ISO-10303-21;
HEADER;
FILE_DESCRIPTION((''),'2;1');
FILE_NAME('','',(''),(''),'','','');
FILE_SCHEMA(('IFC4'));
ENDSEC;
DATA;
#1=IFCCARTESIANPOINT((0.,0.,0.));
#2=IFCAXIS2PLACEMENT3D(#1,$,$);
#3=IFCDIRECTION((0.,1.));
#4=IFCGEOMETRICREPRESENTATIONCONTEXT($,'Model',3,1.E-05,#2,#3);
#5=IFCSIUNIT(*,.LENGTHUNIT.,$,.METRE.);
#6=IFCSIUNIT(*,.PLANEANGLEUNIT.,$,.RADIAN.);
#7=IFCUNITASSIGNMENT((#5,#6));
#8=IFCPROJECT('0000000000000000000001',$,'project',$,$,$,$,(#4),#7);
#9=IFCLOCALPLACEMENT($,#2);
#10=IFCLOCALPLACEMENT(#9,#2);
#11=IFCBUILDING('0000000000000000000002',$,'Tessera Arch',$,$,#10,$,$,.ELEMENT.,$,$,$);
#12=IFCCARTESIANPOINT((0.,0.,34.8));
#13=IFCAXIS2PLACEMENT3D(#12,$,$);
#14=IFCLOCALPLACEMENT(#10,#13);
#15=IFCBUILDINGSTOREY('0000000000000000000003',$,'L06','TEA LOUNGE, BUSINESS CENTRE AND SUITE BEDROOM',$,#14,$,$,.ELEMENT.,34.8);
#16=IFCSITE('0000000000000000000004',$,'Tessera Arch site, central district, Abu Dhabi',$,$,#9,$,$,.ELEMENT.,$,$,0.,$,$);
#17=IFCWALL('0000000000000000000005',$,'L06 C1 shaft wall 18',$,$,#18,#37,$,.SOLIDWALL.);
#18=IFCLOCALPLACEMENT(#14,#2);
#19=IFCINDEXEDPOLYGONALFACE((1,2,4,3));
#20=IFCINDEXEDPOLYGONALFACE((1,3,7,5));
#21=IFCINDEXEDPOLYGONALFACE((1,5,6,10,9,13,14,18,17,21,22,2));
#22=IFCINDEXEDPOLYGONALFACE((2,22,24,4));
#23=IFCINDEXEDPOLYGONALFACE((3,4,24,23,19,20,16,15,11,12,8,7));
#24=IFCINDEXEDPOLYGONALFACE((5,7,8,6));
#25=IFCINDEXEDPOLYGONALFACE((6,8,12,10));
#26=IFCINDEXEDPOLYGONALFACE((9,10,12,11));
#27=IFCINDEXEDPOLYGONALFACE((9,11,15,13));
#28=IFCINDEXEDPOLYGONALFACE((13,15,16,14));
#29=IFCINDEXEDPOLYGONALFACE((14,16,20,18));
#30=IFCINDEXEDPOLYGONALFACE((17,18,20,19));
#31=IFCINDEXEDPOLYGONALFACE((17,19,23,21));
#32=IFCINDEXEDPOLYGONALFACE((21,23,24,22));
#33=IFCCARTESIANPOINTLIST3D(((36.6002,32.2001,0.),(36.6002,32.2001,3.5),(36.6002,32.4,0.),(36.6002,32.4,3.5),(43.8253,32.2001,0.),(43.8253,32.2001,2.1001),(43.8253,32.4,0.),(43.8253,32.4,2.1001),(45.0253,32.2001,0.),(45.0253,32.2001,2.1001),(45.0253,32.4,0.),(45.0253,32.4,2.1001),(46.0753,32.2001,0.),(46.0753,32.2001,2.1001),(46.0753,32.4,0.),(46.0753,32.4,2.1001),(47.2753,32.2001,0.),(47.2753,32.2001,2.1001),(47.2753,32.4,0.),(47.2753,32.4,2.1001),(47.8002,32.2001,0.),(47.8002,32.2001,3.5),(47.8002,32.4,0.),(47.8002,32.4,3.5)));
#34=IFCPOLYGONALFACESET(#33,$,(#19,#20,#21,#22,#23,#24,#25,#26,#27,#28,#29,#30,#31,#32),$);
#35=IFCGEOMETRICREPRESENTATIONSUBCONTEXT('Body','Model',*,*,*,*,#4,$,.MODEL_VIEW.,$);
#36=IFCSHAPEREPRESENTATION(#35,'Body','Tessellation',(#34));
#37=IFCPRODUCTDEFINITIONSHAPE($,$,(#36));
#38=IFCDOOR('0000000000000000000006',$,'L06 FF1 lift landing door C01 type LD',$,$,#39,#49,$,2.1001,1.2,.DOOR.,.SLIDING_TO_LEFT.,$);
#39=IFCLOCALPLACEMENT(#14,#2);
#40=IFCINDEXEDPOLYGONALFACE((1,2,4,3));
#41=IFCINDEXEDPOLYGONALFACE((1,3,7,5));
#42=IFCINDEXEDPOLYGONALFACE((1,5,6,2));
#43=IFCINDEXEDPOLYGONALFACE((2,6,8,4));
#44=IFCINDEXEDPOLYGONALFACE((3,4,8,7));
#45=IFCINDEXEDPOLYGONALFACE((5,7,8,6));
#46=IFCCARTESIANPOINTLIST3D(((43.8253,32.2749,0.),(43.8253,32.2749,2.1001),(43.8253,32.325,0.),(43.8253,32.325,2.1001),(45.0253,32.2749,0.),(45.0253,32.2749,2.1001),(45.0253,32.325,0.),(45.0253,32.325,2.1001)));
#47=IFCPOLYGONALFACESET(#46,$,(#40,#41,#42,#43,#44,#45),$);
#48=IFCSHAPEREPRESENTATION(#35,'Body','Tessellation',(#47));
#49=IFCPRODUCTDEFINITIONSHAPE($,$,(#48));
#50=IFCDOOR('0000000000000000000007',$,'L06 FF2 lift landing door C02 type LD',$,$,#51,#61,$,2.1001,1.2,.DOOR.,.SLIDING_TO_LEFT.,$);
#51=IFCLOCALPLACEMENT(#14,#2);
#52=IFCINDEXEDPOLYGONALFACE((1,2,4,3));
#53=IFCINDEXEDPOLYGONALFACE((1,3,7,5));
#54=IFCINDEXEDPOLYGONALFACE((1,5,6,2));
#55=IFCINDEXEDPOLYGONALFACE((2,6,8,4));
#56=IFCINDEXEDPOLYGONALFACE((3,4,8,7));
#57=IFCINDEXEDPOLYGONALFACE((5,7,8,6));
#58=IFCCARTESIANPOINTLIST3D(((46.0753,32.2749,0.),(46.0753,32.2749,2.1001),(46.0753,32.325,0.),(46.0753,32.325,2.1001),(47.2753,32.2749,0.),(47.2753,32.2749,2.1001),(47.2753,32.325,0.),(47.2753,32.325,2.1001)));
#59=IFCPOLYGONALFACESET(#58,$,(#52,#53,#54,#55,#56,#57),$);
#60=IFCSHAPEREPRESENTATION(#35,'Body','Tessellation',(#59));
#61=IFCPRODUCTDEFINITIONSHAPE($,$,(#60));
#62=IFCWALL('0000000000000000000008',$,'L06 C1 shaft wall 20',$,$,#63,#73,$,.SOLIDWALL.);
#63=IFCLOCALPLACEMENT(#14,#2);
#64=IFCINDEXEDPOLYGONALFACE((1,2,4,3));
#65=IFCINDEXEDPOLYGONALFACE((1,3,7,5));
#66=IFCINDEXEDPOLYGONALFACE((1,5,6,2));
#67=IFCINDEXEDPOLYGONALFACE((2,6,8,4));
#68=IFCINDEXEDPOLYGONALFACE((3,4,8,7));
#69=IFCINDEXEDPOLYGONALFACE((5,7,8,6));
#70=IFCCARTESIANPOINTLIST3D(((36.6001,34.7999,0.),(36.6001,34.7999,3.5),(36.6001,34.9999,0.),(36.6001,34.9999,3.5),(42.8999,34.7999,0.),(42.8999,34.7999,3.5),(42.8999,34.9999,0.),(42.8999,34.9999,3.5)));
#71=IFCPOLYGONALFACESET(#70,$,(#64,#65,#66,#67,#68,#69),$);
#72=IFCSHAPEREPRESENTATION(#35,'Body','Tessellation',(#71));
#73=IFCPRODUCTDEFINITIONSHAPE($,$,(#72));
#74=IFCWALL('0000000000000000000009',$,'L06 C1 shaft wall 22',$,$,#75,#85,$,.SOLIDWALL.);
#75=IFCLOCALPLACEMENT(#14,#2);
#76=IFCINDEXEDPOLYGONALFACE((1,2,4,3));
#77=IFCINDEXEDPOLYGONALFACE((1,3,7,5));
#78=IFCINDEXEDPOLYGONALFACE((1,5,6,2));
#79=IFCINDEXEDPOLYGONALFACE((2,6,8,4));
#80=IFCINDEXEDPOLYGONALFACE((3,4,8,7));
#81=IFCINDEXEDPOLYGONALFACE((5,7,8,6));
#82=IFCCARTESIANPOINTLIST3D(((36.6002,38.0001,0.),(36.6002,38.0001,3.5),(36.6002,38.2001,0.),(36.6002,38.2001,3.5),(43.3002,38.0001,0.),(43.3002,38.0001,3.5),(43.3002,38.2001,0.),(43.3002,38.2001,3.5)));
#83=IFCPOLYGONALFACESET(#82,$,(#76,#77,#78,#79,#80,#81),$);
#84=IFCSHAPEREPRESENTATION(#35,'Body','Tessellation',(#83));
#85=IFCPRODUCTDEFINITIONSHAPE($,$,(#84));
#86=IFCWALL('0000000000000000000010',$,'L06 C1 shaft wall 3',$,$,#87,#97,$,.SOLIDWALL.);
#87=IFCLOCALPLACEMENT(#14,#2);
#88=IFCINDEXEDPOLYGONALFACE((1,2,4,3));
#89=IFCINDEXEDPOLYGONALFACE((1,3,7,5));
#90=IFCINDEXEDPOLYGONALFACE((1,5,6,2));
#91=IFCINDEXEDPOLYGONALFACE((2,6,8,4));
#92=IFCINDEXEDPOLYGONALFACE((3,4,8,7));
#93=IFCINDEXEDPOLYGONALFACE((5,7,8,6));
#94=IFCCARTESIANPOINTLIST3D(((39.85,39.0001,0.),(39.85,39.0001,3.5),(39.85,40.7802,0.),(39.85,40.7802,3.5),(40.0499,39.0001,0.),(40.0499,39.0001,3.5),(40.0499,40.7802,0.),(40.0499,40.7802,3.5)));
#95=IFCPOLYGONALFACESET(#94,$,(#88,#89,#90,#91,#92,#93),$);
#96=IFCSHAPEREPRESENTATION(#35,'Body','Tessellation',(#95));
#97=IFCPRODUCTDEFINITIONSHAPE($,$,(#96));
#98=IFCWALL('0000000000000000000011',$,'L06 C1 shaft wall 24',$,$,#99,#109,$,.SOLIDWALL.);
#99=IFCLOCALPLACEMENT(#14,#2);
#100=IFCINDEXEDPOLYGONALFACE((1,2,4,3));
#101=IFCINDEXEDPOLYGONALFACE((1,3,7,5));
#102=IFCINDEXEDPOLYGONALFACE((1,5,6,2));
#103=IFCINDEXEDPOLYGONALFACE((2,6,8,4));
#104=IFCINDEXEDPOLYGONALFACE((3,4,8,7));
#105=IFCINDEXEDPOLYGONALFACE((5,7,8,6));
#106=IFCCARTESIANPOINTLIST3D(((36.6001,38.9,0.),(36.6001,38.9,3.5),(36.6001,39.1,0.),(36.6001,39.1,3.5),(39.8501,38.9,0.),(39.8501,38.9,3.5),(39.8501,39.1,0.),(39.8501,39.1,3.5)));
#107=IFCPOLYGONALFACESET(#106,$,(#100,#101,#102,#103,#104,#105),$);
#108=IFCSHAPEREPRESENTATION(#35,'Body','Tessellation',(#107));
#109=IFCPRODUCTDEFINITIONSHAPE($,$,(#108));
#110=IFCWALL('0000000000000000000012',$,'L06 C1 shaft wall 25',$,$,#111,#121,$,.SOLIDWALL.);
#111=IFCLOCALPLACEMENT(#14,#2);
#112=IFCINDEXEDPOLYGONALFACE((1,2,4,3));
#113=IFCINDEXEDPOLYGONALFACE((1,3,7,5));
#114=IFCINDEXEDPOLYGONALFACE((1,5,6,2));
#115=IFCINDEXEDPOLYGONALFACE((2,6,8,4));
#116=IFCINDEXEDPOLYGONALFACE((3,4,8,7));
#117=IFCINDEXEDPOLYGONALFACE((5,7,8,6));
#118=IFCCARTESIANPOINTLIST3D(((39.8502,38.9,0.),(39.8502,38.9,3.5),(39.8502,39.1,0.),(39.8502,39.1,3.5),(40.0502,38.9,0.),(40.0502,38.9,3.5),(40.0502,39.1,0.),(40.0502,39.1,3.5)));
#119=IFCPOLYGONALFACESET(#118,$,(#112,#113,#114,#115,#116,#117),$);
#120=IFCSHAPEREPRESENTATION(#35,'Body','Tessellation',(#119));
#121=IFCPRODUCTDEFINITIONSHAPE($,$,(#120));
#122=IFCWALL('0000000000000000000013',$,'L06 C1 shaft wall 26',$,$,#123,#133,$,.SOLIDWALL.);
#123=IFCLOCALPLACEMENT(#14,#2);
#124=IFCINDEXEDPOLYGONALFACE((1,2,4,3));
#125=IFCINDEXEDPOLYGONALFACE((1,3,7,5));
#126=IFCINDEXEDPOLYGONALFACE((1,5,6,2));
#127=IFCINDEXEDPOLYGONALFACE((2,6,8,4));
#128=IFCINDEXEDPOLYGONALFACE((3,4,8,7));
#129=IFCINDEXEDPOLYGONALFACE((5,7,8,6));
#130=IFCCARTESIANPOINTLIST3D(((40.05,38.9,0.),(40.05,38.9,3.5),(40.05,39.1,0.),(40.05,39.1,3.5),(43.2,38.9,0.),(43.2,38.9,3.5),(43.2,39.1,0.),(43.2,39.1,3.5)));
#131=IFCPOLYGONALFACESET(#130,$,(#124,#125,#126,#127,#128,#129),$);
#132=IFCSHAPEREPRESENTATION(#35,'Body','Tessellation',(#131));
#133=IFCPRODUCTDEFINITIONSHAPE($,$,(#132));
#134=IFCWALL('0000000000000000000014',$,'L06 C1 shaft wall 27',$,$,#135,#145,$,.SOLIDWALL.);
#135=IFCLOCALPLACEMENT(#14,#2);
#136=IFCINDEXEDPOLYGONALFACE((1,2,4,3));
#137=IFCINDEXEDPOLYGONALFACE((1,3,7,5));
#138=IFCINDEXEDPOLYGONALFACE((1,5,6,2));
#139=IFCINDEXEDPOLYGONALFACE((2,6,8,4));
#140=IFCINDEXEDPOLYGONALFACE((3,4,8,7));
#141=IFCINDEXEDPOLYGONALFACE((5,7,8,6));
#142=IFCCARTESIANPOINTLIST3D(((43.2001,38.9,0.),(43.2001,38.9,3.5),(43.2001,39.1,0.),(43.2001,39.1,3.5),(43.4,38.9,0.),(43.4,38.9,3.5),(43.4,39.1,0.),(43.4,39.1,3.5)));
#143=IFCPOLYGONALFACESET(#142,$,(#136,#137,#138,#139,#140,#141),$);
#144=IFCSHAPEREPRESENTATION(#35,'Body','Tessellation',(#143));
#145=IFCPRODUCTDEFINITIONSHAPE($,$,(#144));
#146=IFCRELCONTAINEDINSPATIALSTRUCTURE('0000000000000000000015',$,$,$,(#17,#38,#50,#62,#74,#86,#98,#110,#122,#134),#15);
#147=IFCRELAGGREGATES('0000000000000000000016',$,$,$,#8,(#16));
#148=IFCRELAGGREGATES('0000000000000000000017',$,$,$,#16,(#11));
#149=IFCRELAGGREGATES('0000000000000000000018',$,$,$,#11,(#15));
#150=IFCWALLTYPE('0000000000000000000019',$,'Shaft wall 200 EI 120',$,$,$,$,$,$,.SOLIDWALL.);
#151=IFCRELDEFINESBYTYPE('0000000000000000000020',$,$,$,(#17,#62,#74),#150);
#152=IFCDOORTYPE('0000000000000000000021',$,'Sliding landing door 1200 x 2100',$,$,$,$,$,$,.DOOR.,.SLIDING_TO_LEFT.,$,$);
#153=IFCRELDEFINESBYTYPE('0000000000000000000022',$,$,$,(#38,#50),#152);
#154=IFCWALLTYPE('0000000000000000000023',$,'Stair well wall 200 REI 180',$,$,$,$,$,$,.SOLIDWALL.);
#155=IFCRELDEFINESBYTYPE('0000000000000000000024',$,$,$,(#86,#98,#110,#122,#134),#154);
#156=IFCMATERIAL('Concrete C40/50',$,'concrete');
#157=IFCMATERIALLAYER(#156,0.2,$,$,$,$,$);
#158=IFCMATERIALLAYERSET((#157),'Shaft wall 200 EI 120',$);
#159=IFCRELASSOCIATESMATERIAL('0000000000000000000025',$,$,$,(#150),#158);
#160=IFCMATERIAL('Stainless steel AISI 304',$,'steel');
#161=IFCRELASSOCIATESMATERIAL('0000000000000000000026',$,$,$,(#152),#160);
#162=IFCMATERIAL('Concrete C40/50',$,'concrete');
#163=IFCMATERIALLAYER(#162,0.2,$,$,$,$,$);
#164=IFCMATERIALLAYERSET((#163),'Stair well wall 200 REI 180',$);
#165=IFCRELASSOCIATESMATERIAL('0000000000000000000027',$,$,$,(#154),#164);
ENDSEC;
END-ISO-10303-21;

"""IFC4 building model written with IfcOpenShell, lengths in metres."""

from ifc_helpers import new_model, si_unit, direction, frame, frame_2d, origin, place, context, subcontext, project, spatial, rectangle, extrude, material, layer, layer_set, type_object, element, fill, save


model = new_model("IFC4")

# Units and contexts
model_context = context("Model", 3, precision=1e-05, world=origin(), true_north=direction((0.0, 1.0)))
body_context = subcontext(model_context, "Body", "Model", "MODEL_VIEW")
ifc_project = project(units=[si_unit("LENGTHUNIT", "METRE"), si_unit("PLANEANGLEUNIT", "RADIAN")], contexts=[model_context])

# Site, building, storey
site_placement = place(None, origin())
site = spatial("IfcSite", under=ifc_project, at=site_placement, Name="Tessera Arch site, central district, Abu Dhabi", CompositionType="ELEMENT", RefElevation=0.0)
building_placement = place(site_placement, origin())
building = spatial("IfcBuilding", under=site, at=building_placement, Name="Tessera Arch", CompositionType="ELEMENT")
storey_placement = place(building_placement, frame((0.0, 0.0, 34.8)))
storey = spatial("IfcBuildingStorey", under=building, at=storey_placement, Name="L06", Description="TEA LOUNGE, BUSINESS CENTRE AND SUITE BEDROOM", CompositionType="ELEMENT", Elevation=34.8)

# Shared definitions
ifc_material_1 = material(Name="Concrete C40/50", Category="concrete")
ifc_layer_1 = layer(ifc_material_1, 0.2)
ifc_layer_set_1 = layer_set([ifc_layer_1], Name="Shaft wall 200 EI 120")
wall_type_1 = type_object("IfcWallType", Name="Shaft wall 200 EI 120", PredefinedType="SOLIDWALL", material=ifc_layer_set_1)

# Wall, openings, doors
wall_1_placement = place(storey_placement, frame((36.6001, 32.3, 0.0), z_axis=(0.0, 0.0, 1.0), x_axis=(1.0, 0.0, 0.0)))
wall_1 = element("IfcWall", 1, at=wall_1_placement, inside=storey, type_object=wall_type_1, Name="L06 C1 shaft wall 18", PredefinedType="SOLIDWALL", context=body_context, shape_type="SweptSolid", body=[
    extrude(rectangle(XDim=11.2, YDim=0.2, at=frame_2d((5.6001, 0.0))), origin(), (0.0, 0.0, 1.0), 3.5),
])
opening_1_placement = place(wall_1_placement, frame((7.2251, 0.0, 0.0)))
opening_1 = element("IfcOpeningElement", 2, at=opening_1_placement, cuts=wall_1, PredefinedType="OPENING", context=body_context, shape_type="SweptSolid", body=[
    extrude(rectangle(XDim=1.2, YDim=2.1001, at=frame_2d((0.6001, 1.05))), frame((0.0, 0.1099, 0.0), z_axis=(0.0, -1.0, 0.0), x_axis=(1.0, 0.0, 0.0)), (0.0, 0.0, 1.0), 0.22),
])
opening_2_placement = place(wall_1_placement, frame((9.4751, 0.0, 0.0)))
opening_2 = element("IfcOpeningElement", 3, at=opening_2_placement, cuts=wall_1, PredefinedType="OPENING", context=body_context, shape_type="SweptSolid", body=[
    extrude(rectangle(XDim=1.2, YDim=2.1001, at=frame_2d((0.6001, 1.05))), frame((0.0, 0.1099, 0.0), z_axis=(0.0, -1.0, 0.0), x_axis=(1.0, 0.0, 0.0)), (0.0, 0.0, 1.0), 0.22),
])
ifc_material_2 = material(Name="Stainless steel AISI 304", Category="steel")
door_type_1 = type_object("IfcDoorType", Name="Sliding landing door 1200 x 2100", OperationType="SLIDING_TO_LEFT", PredefinedType="DOOR", material=ifc_material_2)
door_1_placement = place(opening_1_placement, origin())
door_1 = element("IfcDoor", 4, at=door_1_placement, inside=storey, type_object=door_type_1, Name="L06 FF1 lift landing door C01 type LD", OperationType="SLIDING_TO_LEFT", OverallHeight=2.1001, OverallWidth=1.2, PredefinedType="DOOR", context=body_context, shape_type="SweptSolid", body=[
    extrude(rectangle(XDim=1.2, YDim=2.1001, at=frame_2d((0.6001, 1.05))), frame((0.0, 0.0249, 0.0), z_axis=(0.0, -1.0, 0.0), x_axis=(1.0, 0.0, 0.0)), (0.0, 0.0, 1.0), 0.05),
])
fill(opening_1, door_1)
door_2_placement = place(opening_2_placement, origin())
door_2 = element("IfcDoor", 5, at=door_2_placement, inside=storey, type_object=door_type_1, Name="L06 FF2 lift landing door C02 type LD", OperationType="SLIDING_TO_LEFT", OverallHeight=2.1001, OverallWidth=1.2, PredefinedType="DOOR", context=body_context, shape_type="SweptSolid", body=[
    extrude(rectangle(XDim=1.2, YDim=2.1001, at=frame_2d((0.6001, 1.05))), frame((0.0, 0.0249, 0.0), z_axis=(0.0, -1.0, 0.0), x_axis=(1.0, 0.0, 0.0)), (0.0, 0.0, 1.0), 0.05),
])
fill(opening_2, door_2)

# Walls
wall_2_placement = place(storey_placement, frame((36.6001, 34.8999, 0.0), z_axis=(0.0, 0.0, 1.0), x_axis=(1.0, 0.0, 0.0)))
element("IfcWall", 6, at=wall_2_placement, inside=storey, type_object=wall_type_1, Name="L06 C1 shaft wall 20", PredefinedType="SOLIDWALL", context=body_context, shape_type="SweptSolid", body=[
    extrude(rectangle(XDim=6.2998, YDim=0.2, at=frame_2d((3.1499, 0.0))), origin(), (0.0, 0.0, 1.0), 3.5),
])
wall_3_placement = place(storey_placement, frame((36.6001, 38.1001, 0.0), z_axis=(0.0, 0.0, 1.0), x_axis=(1.0, 0.0, 0.0)))
element("IfcWall", 7, at=wall_3_placement, inside=storey, type_object=wall_type_1, Name="L06 C1 shaft wall 22", PredefinedType="SOLIDWALL", context=body_context, shape_type="SweptSolid", body=[
    extrude(rectangle(XDim=6.7, YDim=0.2, at=frame_2d((3.3501, 0.0))), origin(), (0.0, 0.0, 1.0), 3.5),
])
ifc_material_3 = material(Name="Concrete C40/50", Category="concrete")
ifc_layer_2 = layer(ifc_material_3, 0.2)
ifc_layer_set_2 = layer_set([ifc_layer_2], Name="Stair well wall 200 REI 180")
wall_type_2 = type_object("IfcWallType", Name="Stair well wall 200 REI 180", PredefinedType="SOLIDWALL", material=ifc_layer_set_2)
wall_4_placement = place(storey_placement, frame((39.95, 39.0, 0.0), z_axis=(0.0, 0.0, 1.0), x_axis=(0.0, 1.0, 0.0)))
element("IfcWall", 8, at=wall_4_placement, inside=storey, type_object=wall_type_2, Name="L06 C1 shaft wall 3", PredefinedType="SOLIDWALL", context=body_context, shape_type="SweptSolid", body=[
    extrude(rectangle(XDim=1.78, YDim=0.2, at=frame_2d((0.8901, 0.0))), origin(), (0.0, 0.0, 1.0), 3.5),
])
wall_5_placement = place(storey_placement, frame((36.6001, 39.0, 0.0), z_axis=(0.0, 0.0, 1.0), x_axis=(1.0, 0.0, 0.0)))
element("IfcWall", 9, at=wall_5_placement, inside=storey, type_object=wall_type_2, Name="L06 C1 shaft wall 24", PredefinedType="SOLIDWALL", context=body_context, shape_type="SweptSolid", body=[
    extrude(rectangle(XDim=3.25, YDim=0.2, at=frame_2d((1.625, 0.0))), origin(), (0.0, 0.0, 1.0), 3.5),
])
wall_6_placement = place(storey_placement, frame((39.8501, 39.0, 0.0), z_axis=(0.0, 0.0, 1.0), x_axis=(1.0, 0.0, 0.0)))
element("IfcWall", 10, at=wall_6_placement, inside=storey, type_object=wall_type_2, Name="L06 C1 shaft wall 25", PredefinedType="SOLIDWALL", context=body_context, shape_type="SweptSolid", body=[
    extrude(rectangle(XDim=0.2, YDim=0.2, at=frame_2d((0.1001, 0.0))), origin(), (0.0, 0.0, 1.0), 3.5),
])
wall_7_placement = place(storey_placement, frame((40.05, 39.0, 0.0), z_axis=(0.0, 0.0, 1.0), x_axis=(1.0, 0.0, 0.0)))
element("IfcWall", 11, at=wall_7_placement, inside=storey, type_object=wall_type_2, Name="L06 C1 shaft wall 26", PredefinedType="SOLIDWALL", context=body_context, shape_type="SweptSolid", body=[
    extrude(rectangle(XDim=3.1499, YDim=0.2, at=frame_2d((1.575, 0.0))), origin(), (0.0, 0.0, 1.0), 3.5),
])
wall_8_placement = place(storey_placement, frame((43.2, 39.0, 0.0), z_axis=(0.0, 0.0, 1.0), x_axis=(1.0, 0.0, 0.0)))
element("IfcWall", 12, at=wall_8_placement, inside=storey, type_object=wall_type_2, Name="L06 C1 shaft wall 27", PredefinedType="SOLIDWALL", context=body_context, shape_type="SweptSolid", body=[
    extrude(rectangle(XDim=0.2, YDim=0.2, at=frame_2d((0.1001, 0.0))), origin(), (0.0, 0.0, 1.0), 3.5),
])

save(model, "model.ifc")
